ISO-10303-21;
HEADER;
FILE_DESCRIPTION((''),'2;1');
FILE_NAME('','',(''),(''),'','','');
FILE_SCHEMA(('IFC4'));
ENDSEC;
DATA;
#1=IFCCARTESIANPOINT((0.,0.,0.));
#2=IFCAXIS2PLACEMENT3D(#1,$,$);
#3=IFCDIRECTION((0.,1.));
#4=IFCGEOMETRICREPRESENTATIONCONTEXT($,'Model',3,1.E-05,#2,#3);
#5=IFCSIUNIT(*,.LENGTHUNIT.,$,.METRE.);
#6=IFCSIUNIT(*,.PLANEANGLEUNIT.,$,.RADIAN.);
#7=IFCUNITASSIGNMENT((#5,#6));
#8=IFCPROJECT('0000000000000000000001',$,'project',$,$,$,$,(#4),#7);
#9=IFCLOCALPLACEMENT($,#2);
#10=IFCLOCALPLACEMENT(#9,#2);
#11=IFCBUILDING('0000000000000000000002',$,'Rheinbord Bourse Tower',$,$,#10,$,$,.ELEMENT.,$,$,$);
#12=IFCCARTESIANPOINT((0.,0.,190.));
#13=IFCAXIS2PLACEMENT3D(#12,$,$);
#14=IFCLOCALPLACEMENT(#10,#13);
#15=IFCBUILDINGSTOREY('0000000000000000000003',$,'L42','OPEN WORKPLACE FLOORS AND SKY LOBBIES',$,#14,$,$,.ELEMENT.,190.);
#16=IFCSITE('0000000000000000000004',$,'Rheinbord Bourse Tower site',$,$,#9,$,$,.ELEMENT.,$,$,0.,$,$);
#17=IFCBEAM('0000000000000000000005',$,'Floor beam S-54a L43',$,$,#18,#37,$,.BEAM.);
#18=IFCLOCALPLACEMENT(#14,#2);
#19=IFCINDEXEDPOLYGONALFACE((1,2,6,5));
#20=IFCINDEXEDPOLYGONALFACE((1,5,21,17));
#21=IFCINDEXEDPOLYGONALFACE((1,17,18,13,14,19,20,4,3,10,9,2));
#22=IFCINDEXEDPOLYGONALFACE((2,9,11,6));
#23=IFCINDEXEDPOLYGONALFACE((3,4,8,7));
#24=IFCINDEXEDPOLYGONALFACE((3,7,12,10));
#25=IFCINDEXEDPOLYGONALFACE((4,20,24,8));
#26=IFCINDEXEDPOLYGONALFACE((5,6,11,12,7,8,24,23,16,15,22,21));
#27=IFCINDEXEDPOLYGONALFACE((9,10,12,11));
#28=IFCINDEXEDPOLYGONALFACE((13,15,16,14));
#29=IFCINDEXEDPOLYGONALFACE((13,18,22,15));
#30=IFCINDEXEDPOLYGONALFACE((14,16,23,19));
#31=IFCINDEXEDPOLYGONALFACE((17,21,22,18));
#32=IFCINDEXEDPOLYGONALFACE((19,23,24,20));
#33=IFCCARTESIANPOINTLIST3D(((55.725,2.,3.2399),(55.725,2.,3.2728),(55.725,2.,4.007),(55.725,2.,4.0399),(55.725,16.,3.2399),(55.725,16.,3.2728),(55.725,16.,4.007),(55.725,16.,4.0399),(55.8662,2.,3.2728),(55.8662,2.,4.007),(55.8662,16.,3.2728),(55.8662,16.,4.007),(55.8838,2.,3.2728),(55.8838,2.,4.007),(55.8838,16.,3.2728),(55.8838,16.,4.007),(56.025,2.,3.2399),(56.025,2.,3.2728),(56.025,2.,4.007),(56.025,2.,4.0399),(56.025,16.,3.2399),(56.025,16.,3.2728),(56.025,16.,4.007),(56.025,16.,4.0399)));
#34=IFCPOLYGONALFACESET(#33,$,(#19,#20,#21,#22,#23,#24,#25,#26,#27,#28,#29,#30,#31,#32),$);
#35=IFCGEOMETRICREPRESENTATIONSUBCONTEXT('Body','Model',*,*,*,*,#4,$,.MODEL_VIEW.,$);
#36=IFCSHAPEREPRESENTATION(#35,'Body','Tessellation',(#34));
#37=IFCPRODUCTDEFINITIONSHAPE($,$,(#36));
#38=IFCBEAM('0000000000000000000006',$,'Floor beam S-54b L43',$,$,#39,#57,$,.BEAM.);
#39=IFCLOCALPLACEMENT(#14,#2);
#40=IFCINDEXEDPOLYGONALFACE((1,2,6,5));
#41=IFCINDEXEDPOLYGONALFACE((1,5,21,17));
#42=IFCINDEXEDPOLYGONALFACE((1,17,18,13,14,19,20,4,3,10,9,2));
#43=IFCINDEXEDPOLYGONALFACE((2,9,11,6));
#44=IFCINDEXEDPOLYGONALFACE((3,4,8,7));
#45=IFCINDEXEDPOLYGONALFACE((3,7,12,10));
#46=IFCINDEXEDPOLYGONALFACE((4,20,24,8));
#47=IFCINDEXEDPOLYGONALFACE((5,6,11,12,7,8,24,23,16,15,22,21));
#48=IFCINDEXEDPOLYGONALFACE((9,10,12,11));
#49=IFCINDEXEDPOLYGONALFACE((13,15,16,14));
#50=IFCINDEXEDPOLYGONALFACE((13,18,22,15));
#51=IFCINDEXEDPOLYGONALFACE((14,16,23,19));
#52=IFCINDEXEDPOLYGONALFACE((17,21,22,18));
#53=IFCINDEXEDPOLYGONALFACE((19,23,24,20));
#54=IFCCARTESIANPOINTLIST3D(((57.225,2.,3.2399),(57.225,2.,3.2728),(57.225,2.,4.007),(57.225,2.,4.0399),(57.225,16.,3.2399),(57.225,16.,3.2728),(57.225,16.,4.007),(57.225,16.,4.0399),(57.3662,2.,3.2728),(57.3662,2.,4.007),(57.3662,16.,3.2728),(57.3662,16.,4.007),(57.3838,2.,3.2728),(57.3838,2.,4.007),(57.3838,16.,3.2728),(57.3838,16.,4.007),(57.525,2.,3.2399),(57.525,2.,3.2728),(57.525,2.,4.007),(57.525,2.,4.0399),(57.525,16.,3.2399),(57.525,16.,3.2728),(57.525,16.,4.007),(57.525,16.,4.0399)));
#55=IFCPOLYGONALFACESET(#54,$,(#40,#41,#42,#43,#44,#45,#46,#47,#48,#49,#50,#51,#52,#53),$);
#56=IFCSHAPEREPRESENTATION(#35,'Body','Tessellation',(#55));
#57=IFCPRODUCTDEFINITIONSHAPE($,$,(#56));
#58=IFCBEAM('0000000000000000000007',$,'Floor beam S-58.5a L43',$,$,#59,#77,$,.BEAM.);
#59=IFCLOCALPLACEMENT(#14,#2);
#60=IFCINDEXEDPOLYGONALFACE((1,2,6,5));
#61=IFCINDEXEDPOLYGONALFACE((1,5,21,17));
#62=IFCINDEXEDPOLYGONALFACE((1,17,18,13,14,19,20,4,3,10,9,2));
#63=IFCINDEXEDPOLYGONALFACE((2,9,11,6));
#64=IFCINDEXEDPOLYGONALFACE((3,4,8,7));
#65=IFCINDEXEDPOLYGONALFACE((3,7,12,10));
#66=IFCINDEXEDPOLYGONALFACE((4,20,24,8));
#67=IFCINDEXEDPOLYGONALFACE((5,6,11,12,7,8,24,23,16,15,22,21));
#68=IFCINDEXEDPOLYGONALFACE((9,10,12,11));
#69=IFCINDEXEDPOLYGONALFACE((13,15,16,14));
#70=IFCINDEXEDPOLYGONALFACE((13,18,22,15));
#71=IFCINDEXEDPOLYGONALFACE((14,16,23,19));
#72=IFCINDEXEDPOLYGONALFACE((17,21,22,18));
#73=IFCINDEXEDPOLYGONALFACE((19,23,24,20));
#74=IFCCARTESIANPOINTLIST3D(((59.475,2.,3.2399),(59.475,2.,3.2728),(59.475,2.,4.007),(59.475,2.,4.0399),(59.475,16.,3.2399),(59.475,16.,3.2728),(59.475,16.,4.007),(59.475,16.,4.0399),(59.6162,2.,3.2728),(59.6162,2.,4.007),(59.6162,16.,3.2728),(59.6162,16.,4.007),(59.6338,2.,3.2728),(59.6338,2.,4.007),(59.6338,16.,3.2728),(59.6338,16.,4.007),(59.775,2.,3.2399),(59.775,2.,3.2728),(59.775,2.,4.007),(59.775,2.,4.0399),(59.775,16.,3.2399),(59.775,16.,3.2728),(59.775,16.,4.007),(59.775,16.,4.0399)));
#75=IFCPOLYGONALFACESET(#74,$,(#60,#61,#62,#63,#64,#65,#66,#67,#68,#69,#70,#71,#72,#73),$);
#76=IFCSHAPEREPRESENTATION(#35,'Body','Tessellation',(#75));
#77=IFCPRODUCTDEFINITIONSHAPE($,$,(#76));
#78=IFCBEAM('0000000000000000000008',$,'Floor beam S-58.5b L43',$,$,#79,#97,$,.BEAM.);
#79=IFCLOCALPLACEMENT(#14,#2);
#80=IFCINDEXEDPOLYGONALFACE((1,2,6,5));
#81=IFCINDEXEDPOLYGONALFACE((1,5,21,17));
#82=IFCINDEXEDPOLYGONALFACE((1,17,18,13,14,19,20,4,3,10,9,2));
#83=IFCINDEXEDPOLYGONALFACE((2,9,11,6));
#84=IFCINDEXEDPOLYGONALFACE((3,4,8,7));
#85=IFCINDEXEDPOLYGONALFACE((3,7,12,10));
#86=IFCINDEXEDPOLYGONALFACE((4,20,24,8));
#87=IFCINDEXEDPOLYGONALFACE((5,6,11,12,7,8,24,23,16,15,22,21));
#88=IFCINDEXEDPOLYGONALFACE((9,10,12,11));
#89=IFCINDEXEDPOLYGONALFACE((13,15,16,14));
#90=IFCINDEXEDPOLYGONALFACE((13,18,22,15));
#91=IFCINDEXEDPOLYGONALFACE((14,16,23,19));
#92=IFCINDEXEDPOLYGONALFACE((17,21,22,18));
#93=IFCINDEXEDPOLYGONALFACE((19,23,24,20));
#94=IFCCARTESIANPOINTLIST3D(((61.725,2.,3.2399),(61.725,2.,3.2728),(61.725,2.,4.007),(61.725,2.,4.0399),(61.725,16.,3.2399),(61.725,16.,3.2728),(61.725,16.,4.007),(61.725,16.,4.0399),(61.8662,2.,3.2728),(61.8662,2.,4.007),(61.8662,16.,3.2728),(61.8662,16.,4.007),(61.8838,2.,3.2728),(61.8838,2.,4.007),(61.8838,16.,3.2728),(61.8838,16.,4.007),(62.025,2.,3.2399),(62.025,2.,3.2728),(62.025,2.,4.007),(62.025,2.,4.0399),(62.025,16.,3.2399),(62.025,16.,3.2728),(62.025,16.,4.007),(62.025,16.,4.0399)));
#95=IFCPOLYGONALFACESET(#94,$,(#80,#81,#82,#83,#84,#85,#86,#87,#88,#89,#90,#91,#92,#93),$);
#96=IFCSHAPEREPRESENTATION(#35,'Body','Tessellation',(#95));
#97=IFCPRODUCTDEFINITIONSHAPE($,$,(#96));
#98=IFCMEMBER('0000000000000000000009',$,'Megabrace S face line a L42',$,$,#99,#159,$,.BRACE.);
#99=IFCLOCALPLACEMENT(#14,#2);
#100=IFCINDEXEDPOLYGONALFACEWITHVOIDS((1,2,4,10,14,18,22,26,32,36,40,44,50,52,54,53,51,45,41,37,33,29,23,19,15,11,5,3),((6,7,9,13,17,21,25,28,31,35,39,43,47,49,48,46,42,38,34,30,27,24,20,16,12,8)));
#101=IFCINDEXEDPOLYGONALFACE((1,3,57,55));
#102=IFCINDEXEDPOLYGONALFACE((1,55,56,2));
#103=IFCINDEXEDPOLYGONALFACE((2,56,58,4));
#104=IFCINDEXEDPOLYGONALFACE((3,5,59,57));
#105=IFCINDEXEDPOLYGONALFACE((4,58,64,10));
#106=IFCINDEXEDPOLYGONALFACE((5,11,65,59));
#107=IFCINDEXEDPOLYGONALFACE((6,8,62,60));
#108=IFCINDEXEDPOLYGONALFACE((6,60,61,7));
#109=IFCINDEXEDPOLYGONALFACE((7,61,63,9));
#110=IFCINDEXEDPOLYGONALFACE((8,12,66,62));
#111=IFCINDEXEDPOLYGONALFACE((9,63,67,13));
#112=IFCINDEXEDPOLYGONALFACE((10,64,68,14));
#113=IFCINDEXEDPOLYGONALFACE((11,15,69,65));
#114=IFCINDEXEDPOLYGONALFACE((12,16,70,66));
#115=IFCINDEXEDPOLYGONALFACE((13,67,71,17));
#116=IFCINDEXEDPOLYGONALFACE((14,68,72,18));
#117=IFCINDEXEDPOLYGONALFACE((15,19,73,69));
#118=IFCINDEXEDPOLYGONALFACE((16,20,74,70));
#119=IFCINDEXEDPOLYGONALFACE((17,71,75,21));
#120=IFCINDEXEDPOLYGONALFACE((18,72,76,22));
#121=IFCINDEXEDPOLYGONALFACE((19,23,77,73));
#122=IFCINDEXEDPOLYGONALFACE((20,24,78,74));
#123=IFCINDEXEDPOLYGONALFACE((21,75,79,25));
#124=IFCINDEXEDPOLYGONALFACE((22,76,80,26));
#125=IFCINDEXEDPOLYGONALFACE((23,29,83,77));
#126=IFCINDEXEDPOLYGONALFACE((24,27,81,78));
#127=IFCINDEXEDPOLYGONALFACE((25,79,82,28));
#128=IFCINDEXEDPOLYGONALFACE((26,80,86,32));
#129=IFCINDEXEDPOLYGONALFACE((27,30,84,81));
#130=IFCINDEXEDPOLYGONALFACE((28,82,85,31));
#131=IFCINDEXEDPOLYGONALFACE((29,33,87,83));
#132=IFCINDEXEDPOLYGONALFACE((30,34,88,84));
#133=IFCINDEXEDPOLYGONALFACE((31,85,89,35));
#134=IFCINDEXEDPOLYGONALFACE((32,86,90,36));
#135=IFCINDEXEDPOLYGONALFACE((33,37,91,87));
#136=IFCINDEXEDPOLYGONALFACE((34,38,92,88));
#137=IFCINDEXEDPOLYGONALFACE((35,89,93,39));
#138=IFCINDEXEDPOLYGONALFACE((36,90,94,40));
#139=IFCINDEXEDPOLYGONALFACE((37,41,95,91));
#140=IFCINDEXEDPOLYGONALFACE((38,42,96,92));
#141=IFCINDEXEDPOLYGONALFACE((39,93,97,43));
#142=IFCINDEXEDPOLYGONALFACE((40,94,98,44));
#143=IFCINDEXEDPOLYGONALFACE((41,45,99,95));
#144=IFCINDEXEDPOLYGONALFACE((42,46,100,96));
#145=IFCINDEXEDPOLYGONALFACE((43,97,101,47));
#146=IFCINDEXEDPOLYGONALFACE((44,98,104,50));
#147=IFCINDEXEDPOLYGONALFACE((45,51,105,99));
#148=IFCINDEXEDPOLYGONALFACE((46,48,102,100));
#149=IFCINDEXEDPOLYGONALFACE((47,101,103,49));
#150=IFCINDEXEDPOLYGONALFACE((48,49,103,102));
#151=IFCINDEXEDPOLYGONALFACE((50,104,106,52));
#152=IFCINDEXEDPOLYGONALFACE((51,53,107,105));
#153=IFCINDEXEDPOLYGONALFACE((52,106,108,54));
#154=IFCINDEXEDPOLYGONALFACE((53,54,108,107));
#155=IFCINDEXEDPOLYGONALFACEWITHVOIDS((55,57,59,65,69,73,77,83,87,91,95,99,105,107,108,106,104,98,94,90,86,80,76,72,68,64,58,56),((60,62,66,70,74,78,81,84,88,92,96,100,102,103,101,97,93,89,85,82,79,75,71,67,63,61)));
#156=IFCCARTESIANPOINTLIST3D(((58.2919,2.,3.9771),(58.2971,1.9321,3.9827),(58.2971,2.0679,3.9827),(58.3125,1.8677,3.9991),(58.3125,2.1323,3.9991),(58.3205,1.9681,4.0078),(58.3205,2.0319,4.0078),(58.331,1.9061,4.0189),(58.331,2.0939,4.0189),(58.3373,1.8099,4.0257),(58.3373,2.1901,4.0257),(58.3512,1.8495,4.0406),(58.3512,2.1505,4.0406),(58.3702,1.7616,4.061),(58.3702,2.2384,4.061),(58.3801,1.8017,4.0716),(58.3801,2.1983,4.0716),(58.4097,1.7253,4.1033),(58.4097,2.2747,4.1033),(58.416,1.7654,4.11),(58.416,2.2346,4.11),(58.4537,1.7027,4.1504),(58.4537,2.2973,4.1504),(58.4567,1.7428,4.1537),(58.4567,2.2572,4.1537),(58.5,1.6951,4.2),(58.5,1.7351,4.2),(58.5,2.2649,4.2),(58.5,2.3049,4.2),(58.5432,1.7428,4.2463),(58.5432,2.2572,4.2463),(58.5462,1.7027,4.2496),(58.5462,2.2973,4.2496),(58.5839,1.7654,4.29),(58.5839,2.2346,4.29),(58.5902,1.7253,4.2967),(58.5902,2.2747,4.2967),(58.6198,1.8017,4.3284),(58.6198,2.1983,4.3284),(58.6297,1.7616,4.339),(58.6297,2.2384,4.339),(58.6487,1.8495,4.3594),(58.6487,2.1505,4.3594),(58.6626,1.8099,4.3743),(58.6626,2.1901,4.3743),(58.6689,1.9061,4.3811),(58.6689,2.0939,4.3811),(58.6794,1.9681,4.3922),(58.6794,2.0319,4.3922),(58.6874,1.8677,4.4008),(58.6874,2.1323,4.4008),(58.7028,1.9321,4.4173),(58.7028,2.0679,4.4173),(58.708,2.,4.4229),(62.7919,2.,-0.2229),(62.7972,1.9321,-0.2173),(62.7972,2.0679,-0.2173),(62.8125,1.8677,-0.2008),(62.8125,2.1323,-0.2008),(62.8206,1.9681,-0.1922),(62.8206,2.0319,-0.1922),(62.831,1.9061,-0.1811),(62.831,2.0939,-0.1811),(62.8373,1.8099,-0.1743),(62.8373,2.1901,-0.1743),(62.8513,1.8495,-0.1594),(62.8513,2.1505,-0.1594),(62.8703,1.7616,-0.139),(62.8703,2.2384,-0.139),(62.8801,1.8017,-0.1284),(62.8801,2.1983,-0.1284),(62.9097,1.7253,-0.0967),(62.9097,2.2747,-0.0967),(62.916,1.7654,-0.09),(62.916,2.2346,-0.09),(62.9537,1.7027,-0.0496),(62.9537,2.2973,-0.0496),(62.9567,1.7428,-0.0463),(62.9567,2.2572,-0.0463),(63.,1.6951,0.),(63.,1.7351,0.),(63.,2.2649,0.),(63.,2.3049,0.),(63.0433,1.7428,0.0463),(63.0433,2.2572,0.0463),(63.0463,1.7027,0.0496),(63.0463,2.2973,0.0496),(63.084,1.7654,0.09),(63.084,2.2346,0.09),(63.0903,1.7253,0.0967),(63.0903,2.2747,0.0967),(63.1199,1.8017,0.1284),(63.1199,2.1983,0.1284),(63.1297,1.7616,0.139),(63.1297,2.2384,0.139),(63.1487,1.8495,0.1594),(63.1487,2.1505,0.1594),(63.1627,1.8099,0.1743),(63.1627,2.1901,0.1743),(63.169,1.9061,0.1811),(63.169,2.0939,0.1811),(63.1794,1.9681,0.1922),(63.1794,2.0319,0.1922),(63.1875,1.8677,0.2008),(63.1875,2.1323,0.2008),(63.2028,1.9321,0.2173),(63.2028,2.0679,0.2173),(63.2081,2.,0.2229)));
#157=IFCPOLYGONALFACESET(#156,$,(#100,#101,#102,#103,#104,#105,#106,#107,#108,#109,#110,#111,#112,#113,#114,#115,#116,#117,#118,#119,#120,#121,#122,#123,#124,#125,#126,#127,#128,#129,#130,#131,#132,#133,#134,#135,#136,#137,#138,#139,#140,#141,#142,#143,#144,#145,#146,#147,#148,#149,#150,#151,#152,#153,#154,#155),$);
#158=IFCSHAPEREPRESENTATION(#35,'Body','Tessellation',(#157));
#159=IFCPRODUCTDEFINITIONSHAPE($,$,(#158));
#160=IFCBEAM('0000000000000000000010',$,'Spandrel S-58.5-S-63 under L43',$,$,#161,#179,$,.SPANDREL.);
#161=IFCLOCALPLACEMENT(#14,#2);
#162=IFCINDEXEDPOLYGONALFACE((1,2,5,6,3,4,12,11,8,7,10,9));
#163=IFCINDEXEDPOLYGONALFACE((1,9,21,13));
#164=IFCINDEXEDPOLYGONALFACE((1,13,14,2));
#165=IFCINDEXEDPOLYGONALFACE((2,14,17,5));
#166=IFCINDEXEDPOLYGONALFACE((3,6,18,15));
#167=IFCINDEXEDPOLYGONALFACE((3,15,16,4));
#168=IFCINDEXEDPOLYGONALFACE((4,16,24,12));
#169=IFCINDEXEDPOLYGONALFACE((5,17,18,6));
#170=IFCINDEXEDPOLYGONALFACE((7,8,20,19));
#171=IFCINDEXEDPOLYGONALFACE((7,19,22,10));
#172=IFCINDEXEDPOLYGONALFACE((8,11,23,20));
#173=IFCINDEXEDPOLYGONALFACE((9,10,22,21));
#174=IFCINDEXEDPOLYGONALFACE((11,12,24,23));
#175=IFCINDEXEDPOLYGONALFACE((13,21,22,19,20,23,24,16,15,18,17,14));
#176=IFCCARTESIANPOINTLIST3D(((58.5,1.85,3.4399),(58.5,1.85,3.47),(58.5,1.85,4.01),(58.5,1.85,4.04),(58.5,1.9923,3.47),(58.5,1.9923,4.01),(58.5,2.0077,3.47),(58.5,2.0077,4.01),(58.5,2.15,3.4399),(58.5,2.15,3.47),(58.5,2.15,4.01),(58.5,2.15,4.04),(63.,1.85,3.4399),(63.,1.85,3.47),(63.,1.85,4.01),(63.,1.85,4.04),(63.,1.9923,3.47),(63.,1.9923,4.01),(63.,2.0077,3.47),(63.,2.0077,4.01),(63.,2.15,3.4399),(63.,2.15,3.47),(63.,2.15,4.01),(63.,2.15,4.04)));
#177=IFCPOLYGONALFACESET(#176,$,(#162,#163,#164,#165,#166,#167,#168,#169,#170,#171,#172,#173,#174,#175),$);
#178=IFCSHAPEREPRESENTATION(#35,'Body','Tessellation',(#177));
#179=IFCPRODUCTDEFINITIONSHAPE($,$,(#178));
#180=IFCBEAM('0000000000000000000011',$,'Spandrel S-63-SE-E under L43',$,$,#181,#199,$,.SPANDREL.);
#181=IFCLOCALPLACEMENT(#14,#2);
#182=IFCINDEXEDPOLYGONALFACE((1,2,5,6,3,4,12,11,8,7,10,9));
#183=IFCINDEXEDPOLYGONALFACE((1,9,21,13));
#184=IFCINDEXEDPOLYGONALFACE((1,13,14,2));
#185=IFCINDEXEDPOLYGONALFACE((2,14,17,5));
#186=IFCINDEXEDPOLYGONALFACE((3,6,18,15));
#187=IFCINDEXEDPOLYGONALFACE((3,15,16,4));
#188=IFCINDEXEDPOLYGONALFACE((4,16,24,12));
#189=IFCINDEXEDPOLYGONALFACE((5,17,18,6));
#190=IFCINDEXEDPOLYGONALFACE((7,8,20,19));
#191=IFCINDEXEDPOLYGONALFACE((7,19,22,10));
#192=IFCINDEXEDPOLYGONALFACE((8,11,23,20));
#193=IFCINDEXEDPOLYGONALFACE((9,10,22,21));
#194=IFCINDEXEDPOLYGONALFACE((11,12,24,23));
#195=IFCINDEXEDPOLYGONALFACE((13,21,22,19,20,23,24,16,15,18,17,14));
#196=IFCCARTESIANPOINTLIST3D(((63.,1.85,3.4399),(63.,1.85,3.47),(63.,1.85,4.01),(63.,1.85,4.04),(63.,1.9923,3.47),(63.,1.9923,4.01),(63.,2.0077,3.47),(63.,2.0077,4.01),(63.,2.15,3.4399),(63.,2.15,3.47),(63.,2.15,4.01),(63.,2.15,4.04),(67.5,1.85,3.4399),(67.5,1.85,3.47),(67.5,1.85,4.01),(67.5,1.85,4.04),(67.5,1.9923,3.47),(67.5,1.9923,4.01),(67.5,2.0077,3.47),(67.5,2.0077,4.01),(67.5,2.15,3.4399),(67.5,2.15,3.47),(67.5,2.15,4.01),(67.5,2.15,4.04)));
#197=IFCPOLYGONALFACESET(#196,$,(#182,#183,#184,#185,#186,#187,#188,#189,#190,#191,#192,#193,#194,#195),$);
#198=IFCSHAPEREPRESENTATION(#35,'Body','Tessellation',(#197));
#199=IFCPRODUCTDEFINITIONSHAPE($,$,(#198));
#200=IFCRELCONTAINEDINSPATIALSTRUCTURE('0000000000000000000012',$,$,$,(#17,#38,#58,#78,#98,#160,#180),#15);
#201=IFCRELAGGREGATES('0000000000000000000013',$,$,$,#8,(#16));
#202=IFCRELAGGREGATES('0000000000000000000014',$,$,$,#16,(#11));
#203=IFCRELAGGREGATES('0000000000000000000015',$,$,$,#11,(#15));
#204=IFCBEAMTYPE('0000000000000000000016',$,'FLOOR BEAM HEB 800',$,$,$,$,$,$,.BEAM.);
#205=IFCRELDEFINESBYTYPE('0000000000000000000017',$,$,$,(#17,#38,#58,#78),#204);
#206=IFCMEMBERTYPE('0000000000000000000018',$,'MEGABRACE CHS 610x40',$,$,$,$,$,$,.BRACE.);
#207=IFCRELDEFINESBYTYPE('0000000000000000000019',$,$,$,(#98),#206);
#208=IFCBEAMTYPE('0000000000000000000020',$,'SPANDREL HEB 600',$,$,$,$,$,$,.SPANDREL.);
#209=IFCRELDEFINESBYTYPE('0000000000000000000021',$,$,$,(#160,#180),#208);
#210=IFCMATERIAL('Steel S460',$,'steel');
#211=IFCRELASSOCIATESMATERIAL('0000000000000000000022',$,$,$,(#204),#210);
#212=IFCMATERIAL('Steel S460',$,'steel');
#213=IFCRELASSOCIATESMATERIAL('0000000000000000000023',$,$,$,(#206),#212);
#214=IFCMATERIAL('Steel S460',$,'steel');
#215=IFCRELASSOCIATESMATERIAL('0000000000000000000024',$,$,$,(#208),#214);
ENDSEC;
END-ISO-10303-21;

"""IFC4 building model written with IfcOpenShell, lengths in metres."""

from ifc_helpers import new_model, si_unit, direction, frame, origin, origin_2d, place, context, subcontext, project, spatial, hollow_circle, i_section, extrude, material, material_profile, profile_set, type_object, element, save


model = new_model("IFC4")

# Units and contexts
model_context = context("Model", 3, precision=1e-05, world=origin(), true_north=direction((0.0, 1.0)))
body_context = subcontext(model_context, "Body", "Model", "MODEL_VIEW")
ifc_project = project(units=[si_unit("LENGTHUNIT", "METRE"), si_unit("PLANEANGLEUNIT", "RADIAN")], contexts=[model_context])

# Site, building, storey
site_placement = place(None, origin())
site = spatial("IfcSite", under=ifc_project, at=site_placement, Name="Rheinbord Bourse Tower site", CompositionType="ELEMENT", RefElevation=0.0)
building_placement = place(site_placement, origin())
building = spatial("IfcBuilding", under=site, at=building_placement, Name="Rheinbord Bourse Tower", CompositionType="ELEMENT")
storey_placement = place(building_placement, frame((0.0, 0.0, 190.0)))
storey = spatial("IfcBuildingStorey", under=building, at=storey_placement, Name="L42", Description="OPEN WORKPLACE FLOORS AND SKY LOBBIES", CompositionType="ELEMENT", Elevation=190.0)

# Beams
ifc_material_1 = material(Name="Steel S460", Category="steel")
ifc_material_profile_1 = material_profile(ifc_material_1, i_section(OverallWidth=0.3, OverallDepth=0.8, WebThickness=0.0176, FlangeThickness=0.033, at=origin_2d()), Name="HEB 800")
ifc_profile_set_1 = profile_set([ifc_material_profile_1], Name="Steel S460")
beam_type_1 = type_object("IfcBeamType", Name="FLOOR BEAM HEB 800", PredefinedType="BEAM", material=ifc_profile_set_1)
for number, where, z_axis, x_axis, name in (
    (1, (55.875, 2.0, 3.6399), (0.0, 1.0, 0.0), (-1.0, 0.0, 0.0), "Floor beam S-54a L43"),
    (2, (57.375, 2.0, 3.6399), (0.0, 1.0, 0.0), (-1.0, 0.0, 0.0), "Floor beam S-54b L43"),
    (3, (59.625, 2.0, 3.6399), (0.0, 1.0, 0.0), (-1.0, 0.0, 0.0), "Floor beam S-58.5a L43"),
    (4, (61.875, 2.0, 3.6399), (0.0, 1.0, 0.0), (-1.0, 0.0, 0.0), "Floor beam S-58.5b L43"),
):
    element("IfcBeam", number, at=place(storey_placement, frame(where, z_axis=z_axis, x_axis=x_axis)), inside=storey, type_object=beam_type_1, Name=name, PredefinedType="BEAM", context=body_context, shape_type="SweptSolid", body=[
        extrude(i_section(OverallWidth=0.3, OverallDepth=0.8, WebThickness=0.0176, FlangeThickness=0.033, at=origin_2d()), origin(), (0.0, 0.0, 1.0), 14.0),
    ])

# Member
ifc_material_2 = material(Name="Steel S460", Category="steel")
ifc_material_profile_2 = material_profile(ifc_material_2, hollow_circle(Radius=0.3049, WallThickness=0.04, at=origin_2d()), Name="CHS 610x40")
ifc_profile_set_2 = profile_set([ifc_material_profile_2], Name="Steel S460")
member_type_1 = type_object("IfcMemberType", Name="MEGABRACE CHS 610x40", PredefinedType="BRACE", material=ifc_profile_set_2)
member_1_placement = place(storey_placement, frame((63.0, 2.0, 0.0), z_axis=(-0.731059, 0.0, 0.682314), x_axis=(0.0, -1.0, 0.0)))
element("IfcMember", 5, at=member_1_placement, inside=storey, type_object=member_type_1, Name="Megabrace S face line a L42", PredefinedType="BRACE", context=body_context, shape_type="SweptSolid", body=[
    extrude(hollow_circle(Radius=0.3049, WallThickness=0.04, at=origin_2d()), origin(), (0.0, 0.0, 1.0), 6.1555),
])

# Beams
ifc_material_3 = material(Name="Steel S460", Category="steel")
ifc_material_profile_3 = material_profile(ifc_material_3, i_section(OverallWidth=0.3, OverallDepth=0.6001, WebThickness=0.0154, FlangeThickness=0.03, at=origin_2d()), Name="HEB 600")
ifc_profile_set_3 = profile_set([ifc_material_profile_3], Name="Steel S460")
beam_type_2 = type_object("IfcBeamType", Name="SPANDREL HEB 600", PredefinedType="SPANDREL", material=ifc_profile_set_3)
for number, where, z_axis, x_axis, name in (
    (6, (58.5, 2.0, 3.74), (1.0, 0.0, 0.0), (0.0, 1.0, 0.0), "Spandrel S-58.5-S-63 under L43"),
    (7, (63.0, 2.0, 3.74), (1.0, 0.0, 0.0), (0.0, 1.0, 0.0), "Spandrel S-63-SE-E under L43"),
):
    element("IfcBeam", number, at=place(storey_placement, frame(where, z_axis=z_axis, x_axis=x_axis)), inside=storey, type_object=beam_type_2, Name=name, PredefinedType="SPANDREL", context=body_context, shape_type="SweptSolid", body=[
        extrude(i_section(OverallWidth=0.3, OverallDepth=0.6001, WebThickness=0.0154, FlangeThickness=0.03, at=origin_2d()), origin(), (0.0, 0.0, 1.0), 4.5),
    ])

save(model, "model.ifc")
